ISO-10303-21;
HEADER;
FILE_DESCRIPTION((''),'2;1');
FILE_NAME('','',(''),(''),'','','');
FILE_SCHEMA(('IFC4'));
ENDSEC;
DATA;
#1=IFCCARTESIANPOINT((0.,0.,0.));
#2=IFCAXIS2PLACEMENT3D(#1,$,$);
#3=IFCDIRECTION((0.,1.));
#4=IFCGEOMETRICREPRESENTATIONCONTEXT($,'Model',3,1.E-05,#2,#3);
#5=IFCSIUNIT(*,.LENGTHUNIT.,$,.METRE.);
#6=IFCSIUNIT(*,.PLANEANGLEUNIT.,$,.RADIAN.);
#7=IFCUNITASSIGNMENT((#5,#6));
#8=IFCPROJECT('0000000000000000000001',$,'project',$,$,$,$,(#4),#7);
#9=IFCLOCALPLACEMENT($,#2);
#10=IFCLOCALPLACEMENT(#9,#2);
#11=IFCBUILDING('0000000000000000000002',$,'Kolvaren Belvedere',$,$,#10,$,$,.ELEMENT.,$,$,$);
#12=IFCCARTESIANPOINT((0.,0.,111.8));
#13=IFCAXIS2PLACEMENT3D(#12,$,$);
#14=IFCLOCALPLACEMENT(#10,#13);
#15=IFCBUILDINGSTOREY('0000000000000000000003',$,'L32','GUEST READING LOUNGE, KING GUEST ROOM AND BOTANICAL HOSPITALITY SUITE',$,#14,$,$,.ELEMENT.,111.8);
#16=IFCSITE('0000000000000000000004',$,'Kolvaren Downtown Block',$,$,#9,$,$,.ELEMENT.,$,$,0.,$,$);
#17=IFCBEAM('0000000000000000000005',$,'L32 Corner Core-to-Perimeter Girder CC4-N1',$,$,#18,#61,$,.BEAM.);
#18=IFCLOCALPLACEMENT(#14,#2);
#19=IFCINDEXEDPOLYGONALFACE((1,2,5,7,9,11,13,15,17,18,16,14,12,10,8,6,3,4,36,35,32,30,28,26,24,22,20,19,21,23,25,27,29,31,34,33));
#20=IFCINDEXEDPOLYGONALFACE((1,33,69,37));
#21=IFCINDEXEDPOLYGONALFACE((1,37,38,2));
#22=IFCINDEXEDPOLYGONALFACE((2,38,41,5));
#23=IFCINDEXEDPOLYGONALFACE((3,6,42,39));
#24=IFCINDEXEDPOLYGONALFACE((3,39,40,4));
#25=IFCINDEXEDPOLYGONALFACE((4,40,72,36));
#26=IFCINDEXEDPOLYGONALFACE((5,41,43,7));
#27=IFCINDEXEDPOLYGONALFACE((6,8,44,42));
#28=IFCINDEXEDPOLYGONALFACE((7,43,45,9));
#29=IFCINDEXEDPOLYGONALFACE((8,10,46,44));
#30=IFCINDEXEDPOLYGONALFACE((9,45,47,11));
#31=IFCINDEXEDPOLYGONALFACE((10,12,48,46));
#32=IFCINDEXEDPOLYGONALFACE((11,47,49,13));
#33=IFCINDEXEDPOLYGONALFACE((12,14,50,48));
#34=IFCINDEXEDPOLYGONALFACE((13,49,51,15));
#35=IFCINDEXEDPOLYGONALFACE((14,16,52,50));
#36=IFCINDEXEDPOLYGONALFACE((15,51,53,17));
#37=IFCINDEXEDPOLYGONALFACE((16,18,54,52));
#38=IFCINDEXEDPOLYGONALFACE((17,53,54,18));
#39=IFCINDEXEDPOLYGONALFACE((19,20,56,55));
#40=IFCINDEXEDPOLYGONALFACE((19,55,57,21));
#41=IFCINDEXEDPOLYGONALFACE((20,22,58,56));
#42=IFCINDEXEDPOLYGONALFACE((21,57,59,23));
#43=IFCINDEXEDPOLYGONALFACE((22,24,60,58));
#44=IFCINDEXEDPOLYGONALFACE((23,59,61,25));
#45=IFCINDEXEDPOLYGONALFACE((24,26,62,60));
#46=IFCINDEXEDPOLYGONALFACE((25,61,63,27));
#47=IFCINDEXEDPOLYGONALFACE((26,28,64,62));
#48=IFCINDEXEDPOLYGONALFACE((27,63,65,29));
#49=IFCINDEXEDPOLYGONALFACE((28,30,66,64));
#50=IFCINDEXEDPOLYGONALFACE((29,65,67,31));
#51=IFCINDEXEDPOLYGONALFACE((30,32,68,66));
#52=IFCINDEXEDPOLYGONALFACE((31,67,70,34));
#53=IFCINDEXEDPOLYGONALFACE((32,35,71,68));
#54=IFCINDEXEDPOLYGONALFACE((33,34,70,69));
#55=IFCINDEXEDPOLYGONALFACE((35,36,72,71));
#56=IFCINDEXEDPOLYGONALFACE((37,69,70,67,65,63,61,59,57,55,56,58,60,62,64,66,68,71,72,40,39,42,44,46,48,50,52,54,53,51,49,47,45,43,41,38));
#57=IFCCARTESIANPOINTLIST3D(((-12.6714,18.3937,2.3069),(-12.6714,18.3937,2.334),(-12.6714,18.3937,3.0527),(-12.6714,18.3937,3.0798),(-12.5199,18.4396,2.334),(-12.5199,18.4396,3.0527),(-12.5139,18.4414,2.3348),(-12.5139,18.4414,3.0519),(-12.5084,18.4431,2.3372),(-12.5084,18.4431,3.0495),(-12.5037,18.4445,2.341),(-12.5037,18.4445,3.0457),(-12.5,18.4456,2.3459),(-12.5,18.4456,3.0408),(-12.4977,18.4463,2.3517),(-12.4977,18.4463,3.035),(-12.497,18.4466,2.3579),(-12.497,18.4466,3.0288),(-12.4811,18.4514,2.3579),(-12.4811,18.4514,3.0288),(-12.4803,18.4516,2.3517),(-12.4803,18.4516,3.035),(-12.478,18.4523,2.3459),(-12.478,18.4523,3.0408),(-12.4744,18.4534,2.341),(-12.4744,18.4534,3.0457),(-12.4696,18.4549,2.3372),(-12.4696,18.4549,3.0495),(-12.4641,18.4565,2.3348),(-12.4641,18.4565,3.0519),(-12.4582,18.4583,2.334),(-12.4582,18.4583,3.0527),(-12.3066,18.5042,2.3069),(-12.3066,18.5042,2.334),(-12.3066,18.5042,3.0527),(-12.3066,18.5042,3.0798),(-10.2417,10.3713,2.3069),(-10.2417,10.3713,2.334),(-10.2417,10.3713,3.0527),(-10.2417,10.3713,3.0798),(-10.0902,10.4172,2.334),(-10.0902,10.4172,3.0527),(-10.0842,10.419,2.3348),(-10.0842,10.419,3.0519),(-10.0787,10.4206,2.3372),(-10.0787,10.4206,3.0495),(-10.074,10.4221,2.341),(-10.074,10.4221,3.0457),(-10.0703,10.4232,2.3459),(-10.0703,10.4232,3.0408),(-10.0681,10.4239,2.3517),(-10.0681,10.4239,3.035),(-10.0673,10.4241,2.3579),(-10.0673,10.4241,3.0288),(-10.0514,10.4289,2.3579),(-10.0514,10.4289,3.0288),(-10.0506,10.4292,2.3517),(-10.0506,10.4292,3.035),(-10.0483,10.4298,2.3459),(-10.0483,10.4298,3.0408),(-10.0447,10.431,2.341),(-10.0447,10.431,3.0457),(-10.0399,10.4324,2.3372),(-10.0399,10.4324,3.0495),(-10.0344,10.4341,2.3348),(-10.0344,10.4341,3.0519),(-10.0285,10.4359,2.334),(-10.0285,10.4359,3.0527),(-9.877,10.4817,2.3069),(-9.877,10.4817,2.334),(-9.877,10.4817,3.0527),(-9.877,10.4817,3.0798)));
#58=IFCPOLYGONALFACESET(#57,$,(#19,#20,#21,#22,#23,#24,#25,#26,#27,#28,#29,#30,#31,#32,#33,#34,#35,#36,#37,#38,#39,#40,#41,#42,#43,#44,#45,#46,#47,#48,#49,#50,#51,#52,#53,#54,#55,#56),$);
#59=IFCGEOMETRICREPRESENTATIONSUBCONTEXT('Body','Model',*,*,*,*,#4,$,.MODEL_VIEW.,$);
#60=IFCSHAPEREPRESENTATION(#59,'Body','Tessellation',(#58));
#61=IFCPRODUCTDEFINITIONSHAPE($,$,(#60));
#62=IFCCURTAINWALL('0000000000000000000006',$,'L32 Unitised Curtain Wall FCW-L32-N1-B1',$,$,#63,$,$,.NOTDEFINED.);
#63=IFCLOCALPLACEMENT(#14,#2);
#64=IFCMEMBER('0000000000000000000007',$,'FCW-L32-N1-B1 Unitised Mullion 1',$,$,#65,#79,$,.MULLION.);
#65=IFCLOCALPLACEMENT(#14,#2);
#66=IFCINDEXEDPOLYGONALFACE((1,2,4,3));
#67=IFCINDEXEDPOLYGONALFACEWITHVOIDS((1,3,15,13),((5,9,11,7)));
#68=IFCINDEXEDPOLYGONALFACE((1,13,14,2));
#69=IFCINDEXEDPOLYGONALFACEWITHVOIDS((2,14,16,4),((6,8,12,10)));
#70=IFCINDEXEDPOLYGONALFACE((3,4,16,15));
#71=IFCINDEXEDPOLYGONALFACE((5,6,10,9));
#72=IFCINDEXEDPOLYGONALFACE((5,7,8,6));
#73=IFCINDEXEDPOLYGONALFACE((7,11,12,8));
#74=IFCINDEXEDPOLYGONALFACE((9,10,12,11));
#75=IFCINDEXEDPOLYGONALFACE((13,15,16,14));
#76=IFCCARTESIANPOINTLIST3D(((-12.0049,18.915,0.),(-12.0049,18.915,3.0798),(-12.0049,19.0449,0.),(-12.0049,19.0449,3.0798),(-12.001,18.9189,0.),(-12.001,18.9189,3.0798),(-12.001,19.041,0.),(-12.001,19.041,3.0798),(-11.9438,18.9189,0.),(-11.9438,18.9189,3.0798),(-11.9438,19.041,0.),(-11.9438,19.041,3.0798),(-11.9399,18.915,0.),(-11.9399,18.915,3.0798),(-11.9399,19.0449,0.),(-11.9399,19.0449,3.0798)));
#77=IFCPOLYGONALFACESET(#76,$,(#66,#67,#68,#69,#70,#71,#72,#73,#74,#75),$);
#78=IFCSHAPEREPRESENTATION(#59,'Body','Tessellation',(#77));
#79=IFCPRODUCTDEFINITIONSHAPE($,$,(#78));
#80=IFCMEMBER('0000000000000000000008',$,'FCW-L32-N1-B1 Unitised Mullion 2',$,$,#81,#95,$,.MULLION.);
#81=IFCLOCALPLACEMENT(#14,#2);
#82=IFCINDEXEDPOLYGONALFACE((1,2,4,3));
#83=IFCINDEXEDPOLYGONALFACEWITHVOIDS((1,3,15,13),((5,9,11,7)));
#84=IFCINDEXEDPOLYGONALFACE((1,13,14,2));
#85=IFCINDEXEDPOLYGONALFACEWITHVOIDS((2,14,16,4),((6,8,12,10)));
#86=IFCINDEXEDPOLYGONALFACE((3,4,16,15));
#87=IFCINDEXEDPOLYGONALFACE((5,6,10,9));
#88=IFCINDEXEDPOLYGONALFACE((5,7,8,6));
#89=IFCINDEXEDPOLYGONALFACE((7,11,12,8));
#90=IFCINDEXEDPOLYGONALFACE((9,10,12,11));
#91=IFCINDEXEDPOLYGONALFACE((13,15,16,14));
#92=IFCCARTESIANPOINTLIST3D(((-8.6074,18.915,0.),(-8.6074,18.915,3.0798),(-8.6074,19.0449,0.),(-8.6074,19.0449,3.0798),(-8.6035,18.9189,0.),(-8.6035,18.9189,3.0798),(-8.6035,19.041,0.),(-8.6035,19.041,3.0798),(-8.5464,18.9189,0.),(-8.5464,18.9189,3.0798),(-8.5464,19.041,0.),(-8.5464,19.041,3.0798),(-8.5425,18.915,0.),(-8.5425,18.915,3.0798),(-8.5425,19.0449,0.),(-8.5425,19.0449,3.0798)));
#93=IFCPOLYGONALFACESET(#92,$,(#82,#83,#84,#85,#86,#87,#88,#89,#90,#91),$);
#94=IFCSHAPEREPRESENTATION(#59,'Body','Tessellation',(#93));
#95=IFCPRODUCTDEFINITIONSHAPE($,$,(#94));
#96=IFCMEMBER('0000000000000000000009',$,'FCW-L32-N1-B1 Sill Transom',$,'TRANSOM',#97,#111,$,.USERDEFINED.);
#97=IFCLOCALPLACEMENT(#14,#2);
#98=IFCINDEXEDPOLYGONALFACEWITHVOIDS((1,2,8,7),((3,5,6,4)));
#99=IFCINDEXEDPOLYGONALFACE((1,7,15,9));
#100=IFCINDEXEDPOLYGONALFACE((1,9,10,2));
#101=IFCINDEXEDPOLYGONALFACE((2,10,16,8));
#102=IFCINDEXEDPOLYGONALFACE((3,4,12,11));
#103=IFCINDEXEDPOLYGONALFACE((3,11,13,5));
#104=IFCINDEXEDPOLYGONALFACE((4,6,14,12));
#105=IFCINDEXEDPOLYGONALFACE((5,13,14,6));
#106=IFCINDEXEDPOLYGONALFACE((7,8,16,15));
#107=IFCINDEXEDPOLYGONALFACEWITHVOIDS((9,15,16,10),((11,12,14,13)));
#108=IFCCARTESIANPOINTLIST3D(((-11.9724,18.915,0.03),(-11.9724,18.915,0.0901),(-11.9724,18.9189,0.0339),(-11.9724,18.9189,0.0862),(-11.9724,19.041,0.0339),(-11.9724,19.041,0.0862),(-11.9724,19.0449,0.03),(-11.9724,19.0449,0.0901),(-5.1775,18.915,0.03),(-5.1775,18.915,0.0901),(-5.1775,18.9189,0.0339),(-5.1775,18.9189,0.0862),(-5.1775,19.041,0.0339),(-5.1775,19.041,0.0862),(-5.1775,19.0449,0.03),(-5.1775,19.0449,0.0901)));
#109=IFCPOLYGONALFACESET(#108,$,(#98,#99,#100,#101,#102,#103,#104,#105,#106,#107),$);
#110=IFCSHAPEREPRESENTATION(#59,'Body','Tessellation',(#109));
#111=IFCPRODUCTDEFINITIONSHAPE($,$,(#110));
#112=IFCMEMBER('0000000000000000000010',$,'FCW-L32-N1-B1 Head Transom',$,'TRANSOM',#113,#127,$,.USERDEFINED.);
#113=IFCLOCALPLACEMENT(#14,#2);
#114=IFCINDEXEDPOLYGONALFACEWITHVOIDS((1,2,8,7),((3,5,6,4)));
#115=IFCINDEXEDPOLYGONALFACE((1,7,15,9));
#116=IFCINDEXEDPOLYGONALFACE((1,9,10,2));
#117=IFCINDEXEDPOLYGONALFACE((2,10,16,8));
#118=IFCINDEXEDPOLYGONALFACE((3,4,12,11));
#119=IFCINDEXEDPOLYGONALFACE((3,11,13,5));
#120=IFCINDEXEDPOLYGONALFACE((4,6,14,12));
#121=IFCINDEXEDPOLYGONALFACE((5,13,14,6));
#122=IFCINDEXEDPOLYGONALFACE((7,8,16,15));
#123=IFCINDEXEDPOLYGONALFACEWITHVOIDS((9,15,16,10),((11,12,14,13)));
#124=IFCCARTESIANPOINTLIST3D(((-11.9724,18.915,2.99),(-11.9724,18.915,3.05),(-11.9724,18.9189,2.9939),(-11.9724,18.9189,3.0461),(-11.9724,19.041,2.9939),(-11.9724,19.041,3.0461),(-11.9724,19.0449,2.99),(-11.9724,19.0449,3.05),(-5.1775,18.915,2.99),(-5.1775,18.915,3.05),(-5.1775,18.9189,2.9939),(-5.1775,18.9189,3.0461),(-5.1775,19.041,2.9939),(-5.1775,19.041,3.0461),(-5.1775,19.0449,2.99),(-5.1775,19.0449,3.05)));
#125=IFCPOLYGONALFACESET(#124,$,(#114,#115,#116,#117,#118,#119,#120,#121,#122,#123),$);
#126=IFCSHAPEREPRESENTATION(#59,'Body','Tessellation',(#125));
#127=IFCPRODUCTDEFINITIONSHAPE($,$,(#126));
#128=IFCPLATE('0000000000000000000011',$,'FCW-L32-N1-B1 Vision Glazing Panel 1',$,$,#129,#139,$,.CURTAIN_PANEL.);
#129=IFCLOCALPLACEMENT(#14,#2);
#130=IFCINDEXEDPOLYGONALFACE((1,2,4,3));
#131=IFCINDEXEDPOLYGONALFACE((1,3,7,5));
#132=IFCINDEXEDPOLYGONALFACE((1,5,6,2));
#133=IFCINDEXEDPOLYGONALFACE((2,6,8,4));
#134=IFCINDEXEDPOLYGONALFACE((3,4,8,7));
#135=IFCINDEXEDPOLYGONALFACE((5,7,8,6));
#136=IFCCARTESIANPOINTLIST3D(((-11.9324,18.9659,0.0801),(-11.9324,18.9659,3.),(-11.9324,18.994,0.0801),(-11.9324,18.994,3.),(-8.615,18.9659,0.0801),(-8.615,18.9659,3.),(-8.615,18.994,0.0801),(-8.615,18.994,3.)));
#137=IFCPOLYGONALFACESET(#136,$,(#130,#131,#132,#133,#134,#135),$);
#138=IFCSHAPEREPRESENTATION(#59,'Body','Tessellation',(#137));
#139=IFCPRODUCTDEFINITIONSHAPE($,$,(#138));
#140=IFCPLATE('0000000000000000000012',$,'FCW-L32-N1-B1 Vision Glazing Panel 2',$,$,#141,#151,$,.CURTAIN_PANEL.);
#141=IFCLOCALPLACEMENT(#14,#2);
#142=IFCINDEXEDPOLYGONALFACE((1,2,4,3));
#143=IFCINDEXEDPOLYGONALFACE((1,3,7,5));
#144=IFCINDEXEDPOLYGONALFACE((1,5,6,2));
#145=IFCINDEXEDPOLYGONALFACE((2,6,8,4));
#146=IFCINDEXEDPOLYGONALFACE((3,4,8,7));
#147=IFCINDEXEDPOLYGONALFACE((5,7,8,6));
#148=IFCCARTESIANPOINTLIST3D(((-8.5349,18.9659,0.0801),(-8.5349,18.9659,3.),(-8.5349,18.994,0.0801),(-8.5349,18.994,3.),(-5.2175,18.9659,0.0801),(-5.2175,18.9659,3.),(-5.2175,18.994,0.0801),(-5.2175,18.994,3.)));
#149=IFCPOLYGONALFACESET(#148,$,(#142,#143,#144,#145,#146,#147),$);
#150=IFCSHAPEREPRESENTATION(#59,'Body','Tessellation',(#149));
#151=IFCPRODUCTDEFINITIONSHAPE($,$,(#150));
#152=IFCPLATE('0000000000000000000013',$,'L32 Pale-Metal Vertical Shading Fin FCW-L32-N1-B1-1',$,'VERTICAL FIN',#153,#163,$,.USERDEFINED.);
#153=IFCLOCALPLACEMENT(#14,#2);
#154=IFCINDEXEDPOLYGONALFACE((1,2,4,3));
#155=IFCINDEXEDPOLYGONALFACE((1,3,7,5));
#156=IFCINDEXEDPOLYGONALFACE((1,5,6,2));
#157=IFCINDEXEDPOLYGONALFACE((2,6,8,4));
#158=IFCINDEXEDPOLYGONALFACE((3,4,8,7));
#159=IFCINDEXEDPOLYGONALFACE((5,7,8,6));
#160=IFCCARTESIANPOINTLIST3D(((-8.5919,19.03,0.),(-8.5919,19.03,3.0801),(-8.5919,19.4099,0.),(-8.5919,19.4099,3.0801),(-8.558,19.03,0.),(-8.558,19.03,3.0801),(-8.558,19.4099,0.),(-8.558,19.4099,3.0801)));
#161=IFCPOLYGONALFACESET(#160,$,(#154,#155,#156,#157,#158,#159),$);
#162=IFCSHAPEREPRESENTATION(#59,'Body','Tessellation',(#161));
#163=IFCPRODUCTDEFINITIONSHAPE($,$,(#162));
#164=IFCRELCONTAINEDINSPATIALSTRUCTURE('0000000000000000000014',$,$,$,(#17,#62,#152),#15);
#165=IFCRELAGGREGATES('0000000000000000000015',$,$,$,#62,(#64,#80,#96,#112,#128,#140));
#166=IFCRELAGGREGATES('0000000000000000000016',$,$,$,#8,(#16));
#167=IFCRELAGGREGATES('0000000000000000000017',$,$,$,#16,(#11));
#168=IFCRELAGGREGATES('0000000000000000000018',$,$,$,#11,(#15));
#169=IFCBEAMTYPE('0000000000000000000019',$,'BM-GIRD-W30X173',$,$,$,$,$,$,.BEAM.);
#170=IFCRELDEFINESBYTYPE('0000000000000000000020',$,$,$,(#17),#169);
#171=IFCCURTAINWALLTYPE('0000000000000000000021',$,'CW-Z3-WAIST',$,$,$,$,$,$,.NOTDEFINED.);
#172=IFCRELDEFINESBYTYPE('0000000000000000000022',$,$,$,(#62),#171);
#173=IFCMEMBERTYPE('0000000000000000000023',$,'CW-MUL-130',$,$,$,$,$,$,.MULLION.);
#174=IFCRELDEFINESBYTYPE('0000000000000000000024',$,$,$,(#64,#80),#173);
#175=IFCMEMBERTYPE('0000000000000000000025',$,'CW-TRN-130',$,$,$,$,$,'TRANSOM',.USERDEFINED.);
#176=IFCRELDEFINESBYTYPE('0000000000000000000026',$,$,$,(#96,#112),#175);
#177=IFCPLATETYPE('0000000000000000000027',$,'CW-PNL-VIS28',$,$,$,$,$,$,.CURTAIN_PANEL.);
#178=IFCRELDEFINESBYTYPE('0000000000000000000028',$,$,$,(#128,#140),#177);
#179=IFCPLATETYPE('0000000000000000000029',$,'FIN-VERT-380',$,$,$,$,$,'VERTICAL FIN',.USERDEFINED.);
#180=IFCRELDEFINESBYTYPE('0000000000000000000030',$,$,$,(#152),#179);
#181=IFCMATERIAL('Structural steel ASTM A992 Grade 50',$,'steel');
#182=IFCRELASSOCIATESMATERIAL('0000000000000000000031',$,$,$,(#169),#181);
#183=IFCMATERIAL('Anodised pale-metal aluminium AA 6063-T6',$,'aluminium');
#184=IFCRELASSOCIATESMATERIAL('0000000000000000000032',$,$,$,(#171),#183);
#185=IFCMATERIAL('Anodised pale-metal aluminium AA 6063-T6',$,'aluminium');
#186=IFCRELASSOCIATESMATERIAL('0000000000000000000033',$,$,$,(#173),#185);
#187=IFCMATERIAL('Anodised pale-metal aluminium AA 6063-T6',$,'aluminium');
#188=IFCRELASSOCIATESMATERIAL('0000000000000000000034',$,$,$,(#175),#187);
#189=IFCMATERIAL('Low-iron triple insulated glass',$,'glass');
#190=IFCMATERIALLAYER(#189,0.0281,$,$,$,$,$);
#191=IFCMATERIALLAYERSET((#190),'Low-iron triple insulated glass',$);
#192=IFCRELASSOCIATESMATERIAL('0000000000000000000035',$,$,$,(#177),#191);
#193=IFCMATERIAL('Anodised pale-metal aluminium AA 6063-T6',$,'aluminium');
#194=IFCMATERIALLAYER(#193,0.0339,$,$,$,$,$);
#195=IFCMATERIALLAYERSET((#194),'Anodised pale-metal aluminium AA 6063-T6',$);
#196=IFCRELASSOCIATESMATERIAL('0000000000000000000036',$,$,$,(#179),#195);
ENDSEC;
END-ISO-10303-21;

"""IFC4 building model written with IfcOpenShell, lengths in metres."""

from ifc_helpers import new_model, si_unit, direction, frame, origin, origin_2d, place, context, subcontext, project, spatial, rectangle, hollow_rectangle, i_section, extrude, material, layer, layer_set, material_profile, profile_set, type_object, element, aggregate, save


model = new_model("IFC4")

# Units and contexts
model_context = context("Model", 3, precision=1e-05, world=origin(), true_north=direction((0.0, 1.0)))
body_context = subcontext(model_context, "Body", "Model", "MODEL_VIEW")
ifc_project = project(units=[si_unit("LENGTHUNIT", "METRE"), si_unit("PLANEANGLEUNIT", "RADIAN")], contexts=[model_context])

# Site, building, storey
site_placement = place(None, origin())
site = spatial("IfcSite", under=ifc_project, at=site_placement, Name="Kolvaren Downtown Block", CompositionType="ELEMENT", RefElevation=0.0)
building_placement = place(site_placement, origin())
building = spatial("IfcBuilding", under=site, at=building_placement, Name="Kolvaren Belvedere", CompositionType="ELEMENT")
storey_placement = place(building_placement, frame((0.0, 0.0, 111.8)))
storey = spatial("IfcBuildingStorey", under=building, at=storey_placement, Name="L32", Description="GUEST READING LOUNGE, KING GUEST ROOM AND BOTANICAL HOSPITALITY SUITE", CompositionType="ELEMENT", Elevation=111.8)

# Beam
ifc_material_1 = material(Name="Structural steel ASTM A992 Grade 50", Category="steel")
ifc_material_profile_1 = material_profile(ifc_material_1, i_section(OverallWidth=0.3811, OverallDepth=0.7729, WebThickness=0.0166, FlangeThickness=0.0271, FilletRadius=0.0239, at=origin_2d()), Name="W30X173")
ifc_profile_set_1 = profile_set([ifc_material_profile_1], Name="Structural steel ASTM A992 Grade 50")
beam_type = type_object("IfcBeamType", Name="BM-GIRD-W30X173", PredefinedType="BEAM", material=ifc_profile_set_1)
beam_placement = place(storey_placement, frame((-10.0593, 10.4265, 2.6934), z_axis=(-0.289859, 0.957069, 0.0), x_axis=(-0.957069, -0.289859, 0.0)))
element("IfcBeam", 1, at=beam_placement, inside=storey, type_object=beam_type, Name="L32 Corner Core-to-Perimeter Girder CC4-N1", PredefinedType="BEAM", context=body_context, shape_type="SweptSolid", body=[
    extrude(i_section(OverallWidth=0.3811, OverallDepth=0.7729, WebThickness=0.0166, FlangeThickness=0.0271, FilletRadius=0.0239, at=origin_2d()), origin(), (0.0, 0.0, 1.0), 8.3823),
])

# Curtain wall, members, plates
ifc_material_2 = material(Name="Anodised pale-metal aluminium AA 6063-T6", Category="aluminium")
curtain_wall_type = type_object("IfcCurtainWallType", Name="CW-Z3-WAIST", PredefinedType="NOTDEFINED", material=ifc_material_2)
curtain_wall_placement = place(storey_placement, origin())
curtain_wall = element("IfcCurtainWall", 2, at=curtain_wall_placement, inside=storey, type_object=curtain_wall_type, Name="L32 Unitised Curtain Wall FCW-L32-N1-B1", PredefinedType="NOTDEFINED")
ifc_material_3 = material(Name="Anodised pale-metal aluminium AA 6063-T6", Category="aluminium")
ifc_material_profile_2 = material_profile(ifc_material_3, hollow_rectangle(XDim=0.0649, YDim=0.1299, WallThickness=0.0039, at=origin_2d()), Name="ALU-MUL-130X65")
ifc_profile_set_2 = profile_set([ifc_material_profile_2], Name="Anodised pale-metal aluminium AA 6063-T6")
member_type_1 = type_object("IfcMemberType", Name="CW-MUL-130", PredefinedType="MULLION", material=ifc_profile_set_2)
member_1_placement = place(storey_placement, frame((-11.9724, 18.98, 0.0), z_axis=(0.0, 0.0, 1.0), x_axis=(1.0, 0.0, 0.0)))
member_1 = element("IfcMember", 3, at=member_1_placement, type_object=member_type_1, Name="FCW-L32-N1-B1 Unitised Mullion 1", PredefinedType="MULLION", context=body_context, shape_type="SweptSolid", body=[
    extrude(hollow_rectangle(XDim=0.0649, YDim=0.1299, WallThickness=0.0039, at=origin_2d()), origin(), (0.0, 0.0, 1.0), 3.0798),
])
member_2_placement = place(storey_placement, frame((-8.575, 18.98, 0.0), z_axis=(0.0, 0.0, 1.0), x_axis=(1.0, 0.0, 0.0)))
member_2 = element("IfcMember", 4, at=member_2_placement, type_object=member_type_1, Name="FCW-L32-N1-B1 Unitised Mullion 2", PredefinedType="MULLION", context=body_context, shape_type="SweptSolid", body=[
    extrude(hollow_rectangle(XDim=0.0649, YDim=0.1299, WallThickness=0.0039, at=origin_2d()), origin(), (0.0, 0.0, 1.0), 3.0798),
])
ifc_material_4 = material(Name="Anodised pale-metal aluminium AA 6063-T6", Category="aluminium")
ifc_material_profile_3 = material_profile(ifc_material_4, hollow_rectangle(XDim=0.0601, YDim=0.1299, WallThickness=0.0039, at=origin_2d()), Name="ALU-TRN-130X60")
ifc_profile_set_3 = profile_set([ifc_material_profile_3], Name="Anodised pale-metal aluminium AA 6063-T6")
member_type_2 = type_object("IfcMemberType", Name="CW-TRN-130", ElementType="TRANSOM", PredefinedType="USERDEFINED", material=ifc_profile_set_3)
member_3_placement = place(storey_placement, frame((-11.9724, 18.98, 0.0601), z_axis=(1.0, 0.0, 0.0), x_axis=(0.0, 0.0, 1.0)))
member_3 = element("IfcMember", 5, at=member_3_placement, type_object=member_type_2, Name="FCW-L32-N1-B1 Sill Transom", ObjectType="TRANSOM", PredefinedType="USERDEFINED", context=body_context, shape_type="SweptSolid", body=[
    extrude(hollow_rectangle(XDim=0.0601, YDim=0.1299, WallThickness=0.0039, at=origin_2d()), origin(), (0.0, 0.0, 1.0), 6.7949),
])
member_4_placement = place(storey_placement, frame((-11.9724, 18.98, 3.02), z_axis=(1.0, 0.0, 0.0), x_axis=(0.0, 0.0, 1.0)))
member_4 = element("IfcMember", 6, at=member_4_placement, type_object=member_type_2, Name="FCW-L32-N1-B1 Head Transom", ObjectType="TRANSOM", PredefinedType="USERDEFINED", context=body_context, shape_type="SweptSolid", body=[
    extrude(hollow_rectangle(XDim=0.0601, YDim=0.1299, WallThickness=0.0039, at=origin_2d()), origin(), (0.0, 0.0, 1.0), 6.7949),
])
ifc_material_5 = material(Name="Low-iron triple insulated glass", Category="glass")
ifc_layer_1 = layer(ifc_material_5, 0.0281)
ifc_layer_set_1 = layer_set([ifc_layer_1], Name="Low-iron triple insulated glass")
plate_type_1 = type_object("IfcPlateType", Name="CW-PNL-VIS28", PredefinedType="CURTAIN_PANEL", material=ifc_layer_set_1)
plate_1_placement = place(storey_placement, frame((-10.2737, 18.98, 0.0801), z_axis=(0.0, 0.0, 1.0), x_axis=(1.0, 0.0, 0.0)))
plate_1 = element("IfcPlate", 7, at=plate_1_placement, type_object=plate_type_1, Name="FCW-L32-N1-B1 Vision Glazing Panel 1", PredefinedType="CURTAIN_PANEL", context=body_context, shape_type="SweptSolid", body=[
    extrude(rectangle(XDim=3.3174, YDim=0.0281, at=origin_2d()), origin(), (0.0, 0.0, 1.0), 2.9199),
])
plate_2_placement = place(storey_placement, frame((-6.8762, 18.98, 0.0801), z_axis=(0.0, 0.0, 1.0), x_axis=(1.0, 0.0, 0.0)))
plate_2 = element("IfcPlate", 8, at=plate_2_placement, type_object=plate_type_1, Name="FCW-L32-N1-B1 Vision Glazing Panel 2", PredefinedType="CURTAIN_PANEL", context=body_context, shape_type="SweptSolid", body=[
    extrude(rectangle(XDim=3.3174, YDim=0.0281, at=origin_2d()), origin(), (0.0, 0.0, 1.0), 2.9199),
])
aggregate(curtain_wall, [member_1, member_2, member_3, member_4, plate_1, plate_2])

# Plate
ifc_material_6 = material(Name="Anodised pale-metal aluminium AA 6063-T6", Category="aluminium")
ifc_layer_2 = layer(ifc_material_6, 0.0339)
ifc_layer_set_2 = layer_set([ifc_layer_2], Name="Anodised pale-metal aluminium AA 6063-T6")
plate_type_2 = type_object("IfcPlateType", Name="FIN-VERT-380", ElementType="VERTICAL FIN", PredefinedType="USERDEFINED", material=ifc_layer_set_2)
plate_3_placement = place(storey_placement, frame((-8.575, 19.22, 0.0), z_axis=(0.0, 0.0, 1.0), x_axis=(0.0, 1.0, 0.0)))
element("IfcPlate", 9, at=plate_3_placement, inside=storey, type_object=plate_type_2, Name="L32 Pale-Metal Vertical Shading Fin FCW-L32-N1-B1-1", ObjectType="VERTICAL FIN", PredefinedType="USERDEFINED", context=body_context, shape_type="SweptSolid", body=[
    extrude(rectangle(XDim=0.3799, YDim=0.0339, at=origin_2d()), origin(), (0.0, 0.0, 1.0), 3.0801),
])

save(model, "model.ifc")
